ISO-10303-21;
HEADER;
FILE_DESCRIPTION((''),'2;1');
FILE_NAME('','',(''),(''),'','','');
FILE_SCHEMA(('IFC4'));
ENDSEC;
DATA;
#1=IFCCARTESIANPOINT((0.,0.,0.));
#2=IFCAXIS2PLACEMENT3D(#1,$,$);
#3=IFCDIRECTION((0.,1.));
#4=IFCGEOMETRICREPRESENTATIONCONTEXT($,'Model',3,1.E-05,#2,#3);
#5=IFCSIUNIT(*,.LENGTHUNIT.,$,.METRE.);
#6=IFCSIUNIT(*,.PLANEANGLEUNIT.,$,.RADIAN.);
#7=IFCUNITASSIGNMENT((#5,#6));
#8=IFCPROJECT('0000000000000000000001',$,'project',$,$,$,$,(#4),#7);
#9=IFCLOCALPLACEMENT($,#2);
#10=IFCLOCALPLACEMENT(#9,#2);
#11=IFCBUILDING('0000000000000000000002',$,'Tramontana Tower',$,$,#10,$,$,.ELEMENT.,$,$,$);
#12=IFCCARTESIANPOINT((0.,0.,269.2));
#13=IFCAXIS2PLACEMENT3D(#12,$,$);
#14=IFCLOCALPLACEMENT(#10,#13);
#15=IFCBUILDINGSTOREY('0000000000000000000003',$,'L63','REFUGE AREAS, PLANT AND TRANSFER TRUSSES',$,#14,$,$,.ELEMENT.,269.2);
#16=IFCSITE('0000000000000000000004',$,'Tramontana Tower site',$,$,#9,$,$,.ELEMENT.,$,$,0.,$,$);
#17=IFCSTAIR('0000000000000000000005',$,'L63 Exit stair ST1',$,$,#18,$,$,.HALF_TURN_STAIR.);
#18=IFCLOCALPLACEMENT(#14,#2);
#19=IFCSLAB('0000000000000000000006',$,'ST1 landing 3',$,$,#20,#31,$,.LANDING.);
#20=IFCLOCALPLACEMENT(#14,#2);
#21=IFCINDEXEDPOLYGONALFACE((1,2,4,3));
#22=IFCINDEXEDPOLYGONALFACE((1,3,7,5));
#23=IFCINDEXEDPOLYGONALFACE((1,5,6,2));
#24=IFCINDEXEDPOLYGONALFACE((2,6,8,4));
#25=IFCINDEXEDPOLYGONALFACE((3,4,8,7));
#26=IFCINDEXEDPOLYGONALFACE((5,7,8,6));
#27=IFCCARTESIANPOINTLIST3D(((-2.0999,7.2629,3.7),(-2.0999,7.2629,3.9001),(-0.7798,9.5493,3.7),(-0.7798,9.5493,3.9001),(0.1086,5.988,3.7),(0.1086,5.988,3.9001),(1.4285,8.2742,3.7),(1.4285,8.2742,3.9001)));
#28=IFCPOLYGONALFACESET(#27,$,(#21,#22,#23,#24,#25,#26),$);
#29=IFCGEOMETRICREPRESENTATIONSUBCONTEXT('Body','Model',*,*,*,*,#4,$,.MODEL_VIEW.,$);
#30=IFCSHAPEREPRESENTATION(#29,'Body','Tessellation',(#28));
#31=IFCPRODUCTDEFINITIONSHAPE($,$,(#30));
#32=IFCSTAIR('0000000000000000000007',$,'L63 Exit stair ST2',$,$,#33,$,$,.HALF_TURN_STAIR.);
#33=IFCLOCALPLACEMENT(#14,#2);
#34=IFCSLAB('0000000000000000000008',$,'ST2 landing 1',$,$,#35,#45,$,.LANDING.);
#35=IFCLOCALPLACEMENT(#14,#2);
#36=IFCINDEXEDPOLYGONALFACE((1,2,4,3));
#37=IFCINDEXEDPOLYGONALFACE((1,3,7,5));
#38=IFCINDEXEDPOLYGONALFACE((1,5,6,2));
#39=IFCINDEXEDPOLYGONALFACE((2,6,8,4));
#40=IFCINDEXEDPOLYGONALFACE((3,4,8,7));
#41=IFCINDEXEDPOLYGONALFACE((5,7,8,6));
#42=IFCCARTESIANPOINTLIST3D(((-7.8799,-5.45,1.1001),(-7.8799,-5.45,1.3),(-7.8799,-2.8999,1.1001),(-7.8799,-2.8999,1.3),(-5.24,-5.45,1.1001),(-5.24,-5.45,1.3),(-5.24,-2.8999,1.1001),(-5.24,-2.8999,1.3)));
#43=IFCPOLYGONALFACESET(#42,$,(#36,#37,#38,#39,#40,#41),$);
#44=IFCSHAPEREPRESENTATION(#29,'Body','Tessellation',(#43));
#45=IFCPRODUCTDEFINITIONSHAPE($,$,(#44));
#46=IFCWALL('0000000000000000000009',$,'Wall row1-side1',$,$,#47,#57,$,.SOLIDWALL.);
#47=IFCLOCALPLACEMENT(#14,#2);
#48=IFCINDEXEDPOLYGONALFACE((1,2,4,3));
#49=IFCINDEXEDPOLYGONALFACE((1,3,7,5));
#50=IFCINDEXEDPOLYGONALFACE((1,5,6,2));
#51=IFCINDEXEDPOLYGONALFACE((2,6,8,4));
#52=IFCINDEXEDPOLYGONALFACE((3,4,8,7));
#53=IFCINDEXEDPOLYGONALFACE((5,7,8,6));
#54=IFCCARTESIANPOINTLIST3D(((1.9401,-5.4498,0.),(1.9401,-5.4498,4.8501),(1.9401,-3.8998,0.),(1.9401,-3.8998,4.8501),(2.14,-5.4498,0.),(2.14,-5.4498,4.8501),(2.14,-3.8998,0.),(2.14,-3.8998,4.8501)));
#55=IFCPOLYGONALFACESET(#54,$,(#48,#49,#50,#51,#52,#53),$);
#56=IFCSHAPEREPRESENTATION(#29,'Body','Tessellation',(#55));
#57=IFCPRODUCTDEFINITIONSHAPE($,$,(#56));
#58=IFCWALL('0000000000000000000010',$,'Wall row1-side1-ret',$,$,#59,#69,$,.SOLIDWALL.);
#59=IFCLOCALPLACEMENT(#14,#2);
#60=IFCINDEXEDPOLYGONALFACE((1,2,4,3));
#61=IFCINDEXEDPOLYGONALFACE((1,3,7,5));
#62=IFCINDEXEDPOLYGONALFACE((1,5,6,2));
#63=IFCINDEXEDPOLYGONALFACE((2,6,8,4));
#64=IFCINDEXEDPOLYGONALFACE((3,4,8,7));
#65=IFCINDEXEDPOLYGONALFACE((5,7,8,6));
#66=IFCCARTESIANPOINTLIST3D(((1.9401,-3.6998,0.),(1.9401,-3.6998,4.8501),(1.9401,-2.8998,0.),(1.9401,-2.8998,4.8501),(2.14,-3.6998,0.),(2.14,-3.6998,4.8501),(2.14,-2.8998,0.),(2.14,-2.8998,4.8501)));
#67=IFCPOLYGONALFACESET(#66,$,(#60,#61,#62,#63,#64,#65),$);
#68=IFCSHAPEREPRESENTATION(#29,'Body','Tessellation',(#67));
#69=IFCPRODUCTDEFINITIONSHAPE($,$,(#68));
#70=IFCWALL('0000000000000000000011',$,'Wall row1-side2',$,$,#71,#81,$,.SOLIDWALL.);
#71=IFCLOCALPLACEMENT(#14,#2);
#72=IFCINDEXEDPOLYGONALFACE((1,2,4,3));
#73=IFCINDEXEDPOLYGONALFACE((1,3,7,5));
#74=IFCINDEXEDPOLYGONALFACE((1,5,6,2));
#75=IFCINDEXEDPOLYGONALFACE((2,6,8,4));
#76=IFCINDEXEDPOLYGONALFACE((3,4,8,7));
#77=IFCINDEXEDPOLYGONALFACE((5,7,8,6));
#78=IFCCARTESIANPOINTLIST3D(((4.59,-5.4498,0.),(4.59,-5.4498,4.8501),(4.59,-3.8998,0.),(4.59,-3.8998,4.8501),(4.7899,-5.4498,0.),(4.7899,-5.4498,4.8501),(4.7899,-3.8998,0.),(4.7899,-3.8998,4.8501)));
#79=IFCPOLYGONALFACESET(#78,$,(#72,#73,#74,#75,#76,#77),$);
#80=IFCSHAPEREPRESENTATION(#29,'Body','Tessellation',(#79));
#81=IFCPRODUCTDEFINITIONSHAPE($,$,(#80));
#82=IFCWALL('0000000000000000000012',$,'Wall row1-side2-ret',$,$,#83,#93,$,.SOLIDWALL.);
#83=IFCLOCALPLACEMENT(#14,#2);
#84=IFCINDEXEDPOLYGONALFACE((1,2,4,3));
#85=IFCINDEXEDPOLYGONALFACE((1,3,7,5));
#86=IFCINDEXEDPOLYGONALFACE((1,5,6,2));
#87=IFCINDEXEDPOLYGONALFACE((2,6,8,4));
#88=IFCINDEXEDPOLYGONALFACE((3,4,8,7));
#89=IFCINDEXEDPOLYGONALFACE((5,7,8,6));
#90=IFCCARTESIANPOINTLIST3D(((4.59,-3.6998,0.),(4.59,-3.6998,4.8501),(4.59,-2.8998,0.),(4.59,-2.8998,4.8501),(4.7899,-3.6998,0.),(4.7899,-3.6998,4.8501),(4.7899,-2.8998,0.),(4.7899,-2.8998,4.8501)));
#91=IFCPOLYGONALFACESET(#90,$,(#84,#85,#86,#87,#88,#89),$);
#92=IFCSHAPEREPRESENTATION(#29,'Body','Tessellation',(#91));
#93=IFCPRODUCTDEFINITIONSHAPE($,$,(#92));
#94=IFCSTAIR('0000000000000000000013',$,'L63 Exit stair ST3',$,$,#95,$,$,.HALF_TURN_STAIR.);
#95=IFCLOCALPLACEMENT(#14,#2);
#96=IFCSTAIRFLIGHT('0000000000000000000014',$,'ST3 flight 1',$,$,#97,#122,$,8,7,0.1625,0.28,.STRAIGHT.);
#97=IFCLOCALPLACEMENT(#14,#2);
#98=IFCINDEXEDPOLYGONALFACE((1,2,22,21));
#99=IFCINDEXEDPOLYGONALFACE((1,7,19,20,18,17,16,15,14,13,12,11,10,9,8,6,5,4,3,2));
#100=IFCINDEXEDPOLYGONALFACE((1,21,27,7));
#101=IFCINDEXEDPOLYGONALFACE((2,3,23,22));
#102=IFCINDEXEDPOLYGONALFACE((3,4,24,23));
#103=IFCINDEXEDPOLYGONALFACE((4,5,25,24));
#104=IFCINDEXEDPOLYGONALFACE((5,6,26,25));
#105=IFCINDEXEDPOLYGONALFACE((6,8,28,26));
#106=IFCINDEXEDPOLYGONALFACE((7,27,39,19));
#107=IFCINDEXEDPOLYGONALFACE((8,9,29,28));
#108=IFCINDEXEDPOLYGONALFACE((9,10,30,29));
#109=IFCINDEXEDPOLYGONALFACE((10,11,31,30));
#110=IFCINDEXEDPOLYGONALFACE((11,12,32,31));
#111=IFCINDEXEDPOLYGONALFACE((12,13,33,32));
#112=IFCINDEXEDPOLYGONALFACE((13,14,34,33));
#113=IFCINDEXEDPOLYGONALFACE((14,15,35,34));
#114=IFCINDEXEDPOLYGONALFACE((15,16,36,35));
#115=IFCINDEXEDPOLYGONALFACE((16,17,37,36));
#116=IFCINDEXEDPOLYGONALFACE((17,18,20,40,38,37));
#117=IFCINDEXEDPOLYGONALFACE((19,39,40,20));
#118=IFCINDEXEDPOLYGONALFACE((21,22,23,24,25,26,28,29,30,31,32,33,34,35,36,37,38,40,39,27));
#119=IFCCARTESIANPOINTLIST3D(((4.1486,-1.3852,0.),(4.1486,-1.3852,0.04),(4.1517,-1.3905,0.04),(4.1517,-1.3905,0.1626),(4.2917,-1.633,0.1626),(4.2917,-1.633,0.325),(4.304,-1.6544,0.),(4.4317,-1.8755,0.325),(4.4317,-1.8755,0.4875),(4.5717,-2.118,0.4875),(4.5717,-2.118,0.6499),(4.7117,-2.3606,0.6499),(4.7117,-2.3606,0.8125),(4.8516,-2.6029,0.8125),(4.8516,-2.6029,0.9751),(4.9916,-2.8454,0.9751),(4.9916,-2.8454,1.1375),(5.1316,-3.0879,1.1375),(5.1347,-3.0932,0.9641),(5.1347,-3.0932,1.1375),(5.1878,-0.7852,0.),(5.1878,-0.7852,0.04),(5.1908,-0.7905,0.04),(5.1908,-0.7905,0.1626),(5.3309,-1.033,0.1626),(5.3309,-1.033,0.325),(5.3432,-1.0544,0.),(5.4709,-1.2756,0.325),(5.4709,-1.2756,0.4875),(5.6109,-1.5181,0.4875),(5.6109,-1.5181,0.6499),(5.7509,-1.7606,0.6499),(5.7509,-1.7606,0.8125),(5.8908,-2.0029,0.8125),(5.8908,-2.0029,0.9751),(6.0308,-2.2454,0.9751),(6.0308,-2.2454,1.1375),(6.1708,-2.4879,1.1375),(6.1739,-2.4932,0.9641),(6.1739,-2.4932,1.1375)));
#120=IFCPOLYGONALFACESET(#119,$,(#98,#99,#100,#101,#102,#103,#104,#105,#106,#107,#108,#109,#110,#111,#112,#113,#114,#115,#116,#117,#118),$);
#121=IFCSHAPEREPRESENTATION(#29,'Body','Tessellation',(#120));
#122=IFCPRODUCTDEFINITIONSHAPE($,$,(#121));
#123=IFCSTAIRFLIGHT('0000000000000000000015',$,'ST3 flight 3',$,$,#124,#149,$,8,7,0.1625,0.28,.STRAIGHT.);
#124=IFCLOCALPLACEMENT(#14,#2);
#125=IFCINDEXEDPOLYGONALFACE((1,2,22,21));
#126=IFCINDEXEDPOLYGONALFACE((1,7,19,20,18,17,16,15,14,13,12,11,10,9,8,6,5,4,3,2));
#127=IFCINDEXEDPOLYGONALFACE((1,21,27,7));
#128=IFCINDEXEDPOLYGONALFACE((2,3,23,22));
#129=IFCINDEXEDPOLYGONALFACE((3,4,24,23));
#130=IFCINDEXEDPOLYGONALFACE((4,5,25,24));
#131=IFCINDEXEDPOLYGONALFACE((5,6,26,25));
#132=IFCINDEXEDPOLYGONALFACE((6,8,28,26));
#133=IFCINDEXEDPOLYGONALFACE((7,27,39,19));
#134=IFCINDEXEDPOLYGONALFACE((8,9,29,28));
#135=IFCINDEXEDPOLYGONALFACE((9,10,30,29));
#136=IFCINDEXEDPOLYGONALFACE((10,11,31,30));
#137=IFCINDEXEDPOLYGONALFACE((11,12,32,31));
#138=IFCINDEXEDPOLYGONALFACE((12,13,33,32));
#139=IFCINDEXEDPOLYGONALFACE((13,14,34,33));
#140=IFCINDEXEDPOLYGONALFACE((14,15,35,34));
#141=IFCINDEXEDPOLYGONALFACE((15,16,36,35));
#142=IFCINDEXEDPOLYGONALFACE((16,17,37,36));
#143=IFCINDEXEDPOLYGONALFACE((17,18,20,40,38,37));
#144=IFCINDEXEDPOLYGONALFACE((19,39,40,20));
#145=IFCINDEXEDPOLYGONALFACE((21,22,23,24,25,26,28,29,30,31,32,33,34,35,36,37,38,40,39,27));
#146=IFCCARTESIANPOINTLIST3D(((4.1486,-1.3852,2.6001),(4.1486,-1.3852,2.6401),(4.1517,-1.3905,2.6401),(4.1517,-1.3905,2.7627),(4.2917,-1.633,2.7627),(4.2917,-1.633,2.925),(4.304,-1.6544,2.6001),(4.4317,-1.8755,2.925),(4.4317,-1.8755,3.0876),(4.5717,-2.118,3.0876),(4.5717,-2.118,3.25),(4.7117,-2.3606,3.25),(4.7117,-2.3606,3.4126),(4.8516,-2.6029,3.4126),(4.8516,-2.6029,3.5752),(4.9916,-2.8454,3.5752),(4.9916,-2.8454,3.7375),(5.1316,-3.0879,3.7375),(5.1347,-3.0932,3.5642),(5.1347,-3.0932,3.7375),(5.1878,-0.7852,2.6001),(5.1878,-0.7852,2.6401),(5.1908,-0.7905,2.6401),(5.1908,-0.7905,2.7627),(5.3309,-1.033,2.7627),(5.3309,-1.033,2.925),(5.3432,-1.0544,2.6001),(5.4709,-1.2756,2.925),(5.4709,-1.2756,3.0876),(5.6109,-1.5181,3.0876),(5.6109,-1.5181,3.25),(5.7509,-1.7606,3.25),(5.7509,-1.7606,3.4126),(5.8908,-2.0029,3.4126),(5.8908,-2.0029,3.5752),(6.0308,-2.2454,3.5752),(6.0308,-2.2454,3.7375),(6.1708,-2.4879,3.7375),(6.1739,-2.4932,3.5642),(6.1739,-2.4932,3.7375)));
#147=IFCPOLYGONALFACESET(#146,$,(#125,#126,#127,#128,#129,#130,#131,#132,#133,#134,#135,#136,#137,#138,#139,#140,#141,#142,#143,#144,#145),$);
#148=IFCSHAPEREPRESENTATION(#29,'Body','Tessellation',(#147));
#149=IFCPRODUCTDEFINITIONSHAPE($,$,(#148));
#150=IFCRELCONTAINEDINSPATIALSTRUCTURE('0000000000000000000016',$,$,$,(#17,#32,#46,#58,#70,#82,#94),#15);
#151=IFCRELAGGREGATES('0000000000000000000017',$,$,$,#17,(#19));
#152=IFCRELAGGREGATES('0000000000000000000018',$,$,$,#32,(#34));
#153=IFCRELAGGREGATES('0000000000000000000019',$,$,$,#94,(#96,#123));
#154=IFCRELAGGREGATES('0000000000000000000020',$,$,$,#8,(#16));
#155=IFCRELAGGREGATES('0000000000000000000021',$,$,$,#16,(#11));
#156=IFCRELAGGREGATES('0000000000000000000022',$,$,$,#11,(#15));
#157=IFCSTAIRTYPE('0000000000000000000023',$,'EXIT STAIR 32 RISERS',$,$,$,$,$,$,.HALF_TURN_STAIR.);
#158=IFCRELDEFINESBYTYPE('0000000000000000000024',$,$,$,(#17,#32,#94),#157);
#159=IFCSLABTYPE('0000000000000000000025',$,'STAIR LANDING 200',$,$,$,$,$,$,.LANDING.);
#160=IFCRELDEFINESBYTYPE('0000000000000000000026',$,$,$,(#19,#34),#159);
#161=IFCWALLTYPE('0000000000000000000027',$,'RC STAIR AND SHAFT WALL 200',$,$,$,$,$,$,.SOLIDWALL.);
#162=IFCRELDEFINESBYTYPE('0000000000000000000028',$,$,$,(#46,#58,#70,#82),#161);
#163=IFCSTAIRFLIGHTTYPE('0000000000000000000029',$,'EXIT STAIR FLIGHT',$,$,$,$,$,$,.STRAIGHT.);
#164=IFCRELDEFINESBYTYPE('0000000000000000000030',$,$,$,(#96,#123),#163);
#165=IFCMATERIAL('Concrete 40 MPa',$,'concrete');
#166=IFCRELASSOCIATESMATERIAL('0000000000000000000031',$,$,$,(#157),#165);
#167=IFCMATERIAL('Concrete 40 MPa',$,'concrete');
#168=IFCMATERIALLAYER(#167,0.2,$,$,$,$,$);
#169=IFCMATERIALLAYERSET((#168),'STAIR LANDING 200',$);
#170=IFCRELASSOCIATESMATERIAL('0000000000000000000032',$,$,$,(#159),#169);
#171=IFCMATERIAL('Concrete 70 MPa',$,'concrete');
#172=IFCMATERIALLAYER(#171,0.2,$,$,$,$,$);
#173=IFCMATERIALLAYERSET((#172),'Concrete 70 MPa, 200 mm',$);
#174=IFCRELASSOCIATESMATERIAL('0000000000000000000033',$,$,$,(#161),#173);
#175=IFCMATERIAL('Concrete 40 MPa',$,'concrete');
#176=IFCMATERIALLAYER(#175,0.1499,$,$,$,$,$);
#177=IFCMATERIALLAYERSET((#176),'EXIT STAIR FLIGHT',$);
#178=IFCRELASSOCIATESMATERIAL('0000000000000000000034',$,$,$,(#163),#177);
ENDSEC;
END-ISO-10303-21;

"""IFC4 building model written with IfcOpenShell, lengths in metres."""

from ifc_helpers import new_model, si_unit, direction, frame, frame_2d, origin, place, context, subcontext, project, spatial, polyline, rectangle, outline, extrude, material, layer, layer_set, type_object, element, aggregate, save


model = new_model("IFC4")

# Units and contexts
model_context = context("Model", 3, precision=1e-05, world=origin(), true_north=direction((0.0, 1.0)))
body_context = subcontext(model_context, "Body", "Model", "MODEL_VIEW")
ifc_project = project(units=[si_unit("LENGTHUNIT", "METRE"), si_unit("PLANEANGLEUNIT", "RADIAN")], contexts=[model_context])

# Site, building, storey
site_placement = place(None, origin())
site = spatial("IfcSite", under=ifc_project, at=site_placement, Name="Tramontana Tower site", CompositionType="ELEMENT", RefElevation=0.0)
building_placement = place(site_placement, origin())
building = spatial("IfcBuilding", under=site, at=building_placement, Name="Tramontana Tower", CompositionType="ELEMENT")
storey_placement = place(building_placement, frame((0.0, 0.0, 269.2)))
storey = spatial("IfcBuildingStorey", under=building, at=storey_placement, Name="L63", Description="REFUGE AREAS, PLANT AND TRANSFER TRUSSES", CompositionType="ELEMENT", Elevation=269.2)

# Stair, slab
ifc_material_1 = material(Name="Concrete 40 MPa", Category="concrete")
stair_type = type_object("IfcStairType", Name="EXIT STAIR 32 RISERS", PredefinedType="HALF_TURN_STAIR", material=ifc_material_1)
stair_1_placement = place(storey_placement, origin())
stair_1 = element("IfcStair", 1, at=stair_1_placement, inside=storey, type_object=stair_type, Name="L63 Exit stair ST1", PredefinedType="HALF_TURN_STAIR")
ifc_material_2 = material(Name="Concrete 40 MPa", Category="concrete")
ifc_layer_1 = layer(ifc_material_2, 0.2)
ifc_layer_set_1 = layer_set([ifc_layer_1], Name="STAIR LANDING 200")
slab_type_1 = type_object("IfcSlabType", Name="STAIR LANDING 200", PredefinedType="LANDING", material=ifc_layer_set_1)
slab_1_placement = place(storey_placement, frame((0.0, 0.0, 3.7)))
slab_1 = element("IfcSlab", 2, at=slab_1_placement, type_object=slab_type_1, Name="ST1 landing 3", PredefinedType="LANDING", context=body_context, shape_type="SweptSolid", body=[
    extrude(outline(polyline([(0.1086, 5.988), (1.4285, 8.2742), (-0.7798, 9.5493), (-2.0999, 7.2629), (0.1086, 5.988)])), origin(), (0.0, 0.0, 1.0), 0.2002),
])
aggregate(stair_1, [slab_1])

# Stair, slab
stair_2_placement = place(storey_placement, origin())
stair_2 = element("IfcStair", 3, at=stair_2_placement, inside=storey, type_object=stair_type, Name="L63 Exit stair ST2", PredefinedType="HALF_TURN_STAIR")
slab_2_placement = place(storey_placement, frame((0.0, 0.0, 1.1001)))
slab_2 = element("IfcSlab", 4, at=slab_2_placement, type_object=slab_type_1, Name="ST2 landing 1", PredefinedType="LANDING", context=body_context, shape_type="SweptSolid", body=[
    extrude(outline(polyline([(-5.24, -2.8999), (-7.8799, -2.8999), (-7.8799, -5.45), (-5.24, -5.45), (-5.24, -2.8999)])), origin(), (0.0, 0.0, 1.0), 0.2),
])
aggregate(stair_2, [slab_2])

# Shared definitions
ifc_material_3 = material(Name="Concrete 70 MPa", Category="concrete")
ifc_layer_2 = layer(ifc_material_3, 0.2)
ifc_layer_set_2 = layer_set([ifc_layer_2], Name="Concrete 70 MPa, 200 mm")
wall_type = type_object("IfcWallType", Name="RC STAIR AND SHAFT WALL 200", PredefinedType="SOLIDWALL", material=ifc_layer_set_2)

# Walls
wall_1_placement = place(storey_placement, frame((2.04, -3.8999, 0.0), z_axis=(0.0, 0.0, 1.0), x_axis=(0.0, -1.0, 0.0)))
element("IfcWall", 5, at=wall_1_placement, inside=storey, type_object=wall_type, Name="Wall row1-side1", PredefinedType="SOLIDWALL", context=body_context, shape_type="SweptSolid", body=[
    extrude(rectangle(XDim=1.55, YDim=0.2, at=frame_2d((0.7749, 0.0))), origin(), (0.0, 0.0, 1.0), 4.8501),
])
wall_2_placement = place(storey_placement, frame((2.04, -2.8999, 0.0), z_axis=(0.0, 0.0, 1.0), x_axis=(0.0, -1.0, 0.0)))
element("IfcWall", 6, at=wall_2_placement, inside=storey, type_object=wall_type, Name="Wall row1-side1-ret", PredefinedType="SOLIDWALL", context=body_context, shape_type="SweptSolid", body=[
    extrude(rectangle(XDim=0.8, YDim=0.2, at=frame_2d((0.3999, 0.0))), origin(), (0.0, 0.0, 1.0), 4.8501),
])
wall_3_placement = place(storey_placement, frame((4.6899, -3.8999, 0.0), z_axis=(0.0, 0.0, 1.0), x_axis=(0.0, -1.0, 0.0)))
element("IfcWall", 7, at=wall_3_placement, inside=storey, type_object=wall_type, Name="Wall row1-side2", PredefinedType="SOLIDWALL", context=body_context, shape_type="SweptSolid", body=[
    extrude(rectangle(XDim=1.55, YDim=0.2, at=frame_2d((0.7749, 0.0))), origin(), (0.0, 0.0, 1.0), 4.8501),
])
wall_4_placement = place(storey_placement, frame((4.6899, -2.8999, 0.0), z_axis=(0.0, 0.0, 1.0), x_axis=(0.0, -1.0, 0.0)))
element("IfcWall", 8, at=wall_4_placement, inside=storey, type_object=wall_type, Name="Wall row1-side2-ret", PredefinedType="SOLIDWALL", context=body_context, shape_type="SweptSolid", body=[
    extrude(rectangle(XDim=0.8, YDim=0.2, at=frame_2d((0.3999, 0.0))), origin(), (0.0, 0.0, 1.0), 4.8501),
])

# Stair, stair flights
stair_3_placement = place(storey_placement, origin())
stair_3 = element("IfcStair", 9, at=stair_3_placement, inside=storey, type_object=stair_type, Name="L63 Exit stair ST3", PredefinedType="HALF_TURN_STAIR")
ifc_material_4 = material(Name="Concrete 40 MPa", Category="concrete")
ifc_layer_3 = layer(ifc_material_4, 0.1499)
ifc_layer_set_3 = layer_set([ifc_layer_3], Name="EXIT STAIR FLIGHT")
stair_flight_type = type_object("IfcStairFlightType", Name="EXIT STAIR FLIGHT", PredefinedType="STRAIGHT", material=ifc_layer_set_3)
stair_flight_1_placement = place(storey_placement, frame((4.6711, -1.0906, 0.0), z_axis=(0.0, 0.0, 1.0), x_axis=(0.5, -0.866025, 0.0)))
stair_flight_1 = element("IfcStairFlight", 10, at=stair_flight_1_placement, type_object=stair_flight_type, Name="ST3 flight 1", NumberOfRisers=8, NumberOfTreads=7, PredefinedType="STRAIGHT", RiserHeight=0.1625, TreadLength=0.28, context=body_context, shape_type="SweptSolid", body=[
    extrude(outline(polyline([(-0.0061, 0.0), (-0.0061, 0.04), (0.0, 0.04), (0.0, 0.1626), (0.28, 0.1626), (0.28, 0.325), (0.5601, 0.325), (0.5601, 0.4875), (0.8401, 0.4875), (0.8401, 0.6499), (1.1201, 0.6499), (1.1201, 0.8125), (1.3999, 0.8125), (1.3999, 0.9751), (1.6799, 0.9751), (1.6799, 1.1375), (1.96, 1.1375), (1.9661, 1.1375), (1.9661, 0.9641), (0.3047, 0.0), (-0.0061, 0.0)])), frame((0.0, 0.6001, 0.0), z_axis=(0.0, -1.0, 0.0), x_axis=(1.0, 0.0, 0.0)), (0.0, 0.0, 1.0), 1.2),
])
stair_flight_2_placement = place(storey_placement, frame((4.6711, -1.0906, 2.6001), z_axis=(0.0, 0.0, 1.0), x_axis=(0.5, -0.866025, 0.0)))
stair_flight_2 = element("IfcStairFlight", 11, at=stair_flight_2_placement, type_object=stair_flight_type, Name="ST3 flight 3", NumberOfRisers=8, NumberOfTreads=7, PredefinedType="STRAIGHT", RiserHeight=0.1625, TreadLength=0.28, context=body_context, shape_type="SweptSolid", body=[
    extrude(outline(polyline([(-0.0061, 0.0), (-0.0061, 0.04), (0.0, 0.04), (0.0, 0.1626), (0.28, 0.1626), (0.28, 0.325), (0.5601, 0.325), (0.5601, 0.4875), (0.8401, 0.4875), (0.8401, 0.6499), (1.1201, 0.6499), (1.1201, 0.8125), (1.3999, 0.8125), (1.3999, 0.9751), (1.6799, 0.9751), (1.6799, 1.1375), (1.96, 1.1375), (1.9661, 1.1375), (1.9661, 0.9641), (0.3047, 0.0), (-0.0061, 0.0)])), frame((0.0, 0.6001, 0.0), z_axis=(0.0, -1.0, 0.0), x_axis=(1.0, 0.0, 0.0)), (0.0, 0.0, 1.0), 1.2),
])
aggregate(stair_3, [stair_flight_1, stair_flight_2])

save(model, "model.ifc")
